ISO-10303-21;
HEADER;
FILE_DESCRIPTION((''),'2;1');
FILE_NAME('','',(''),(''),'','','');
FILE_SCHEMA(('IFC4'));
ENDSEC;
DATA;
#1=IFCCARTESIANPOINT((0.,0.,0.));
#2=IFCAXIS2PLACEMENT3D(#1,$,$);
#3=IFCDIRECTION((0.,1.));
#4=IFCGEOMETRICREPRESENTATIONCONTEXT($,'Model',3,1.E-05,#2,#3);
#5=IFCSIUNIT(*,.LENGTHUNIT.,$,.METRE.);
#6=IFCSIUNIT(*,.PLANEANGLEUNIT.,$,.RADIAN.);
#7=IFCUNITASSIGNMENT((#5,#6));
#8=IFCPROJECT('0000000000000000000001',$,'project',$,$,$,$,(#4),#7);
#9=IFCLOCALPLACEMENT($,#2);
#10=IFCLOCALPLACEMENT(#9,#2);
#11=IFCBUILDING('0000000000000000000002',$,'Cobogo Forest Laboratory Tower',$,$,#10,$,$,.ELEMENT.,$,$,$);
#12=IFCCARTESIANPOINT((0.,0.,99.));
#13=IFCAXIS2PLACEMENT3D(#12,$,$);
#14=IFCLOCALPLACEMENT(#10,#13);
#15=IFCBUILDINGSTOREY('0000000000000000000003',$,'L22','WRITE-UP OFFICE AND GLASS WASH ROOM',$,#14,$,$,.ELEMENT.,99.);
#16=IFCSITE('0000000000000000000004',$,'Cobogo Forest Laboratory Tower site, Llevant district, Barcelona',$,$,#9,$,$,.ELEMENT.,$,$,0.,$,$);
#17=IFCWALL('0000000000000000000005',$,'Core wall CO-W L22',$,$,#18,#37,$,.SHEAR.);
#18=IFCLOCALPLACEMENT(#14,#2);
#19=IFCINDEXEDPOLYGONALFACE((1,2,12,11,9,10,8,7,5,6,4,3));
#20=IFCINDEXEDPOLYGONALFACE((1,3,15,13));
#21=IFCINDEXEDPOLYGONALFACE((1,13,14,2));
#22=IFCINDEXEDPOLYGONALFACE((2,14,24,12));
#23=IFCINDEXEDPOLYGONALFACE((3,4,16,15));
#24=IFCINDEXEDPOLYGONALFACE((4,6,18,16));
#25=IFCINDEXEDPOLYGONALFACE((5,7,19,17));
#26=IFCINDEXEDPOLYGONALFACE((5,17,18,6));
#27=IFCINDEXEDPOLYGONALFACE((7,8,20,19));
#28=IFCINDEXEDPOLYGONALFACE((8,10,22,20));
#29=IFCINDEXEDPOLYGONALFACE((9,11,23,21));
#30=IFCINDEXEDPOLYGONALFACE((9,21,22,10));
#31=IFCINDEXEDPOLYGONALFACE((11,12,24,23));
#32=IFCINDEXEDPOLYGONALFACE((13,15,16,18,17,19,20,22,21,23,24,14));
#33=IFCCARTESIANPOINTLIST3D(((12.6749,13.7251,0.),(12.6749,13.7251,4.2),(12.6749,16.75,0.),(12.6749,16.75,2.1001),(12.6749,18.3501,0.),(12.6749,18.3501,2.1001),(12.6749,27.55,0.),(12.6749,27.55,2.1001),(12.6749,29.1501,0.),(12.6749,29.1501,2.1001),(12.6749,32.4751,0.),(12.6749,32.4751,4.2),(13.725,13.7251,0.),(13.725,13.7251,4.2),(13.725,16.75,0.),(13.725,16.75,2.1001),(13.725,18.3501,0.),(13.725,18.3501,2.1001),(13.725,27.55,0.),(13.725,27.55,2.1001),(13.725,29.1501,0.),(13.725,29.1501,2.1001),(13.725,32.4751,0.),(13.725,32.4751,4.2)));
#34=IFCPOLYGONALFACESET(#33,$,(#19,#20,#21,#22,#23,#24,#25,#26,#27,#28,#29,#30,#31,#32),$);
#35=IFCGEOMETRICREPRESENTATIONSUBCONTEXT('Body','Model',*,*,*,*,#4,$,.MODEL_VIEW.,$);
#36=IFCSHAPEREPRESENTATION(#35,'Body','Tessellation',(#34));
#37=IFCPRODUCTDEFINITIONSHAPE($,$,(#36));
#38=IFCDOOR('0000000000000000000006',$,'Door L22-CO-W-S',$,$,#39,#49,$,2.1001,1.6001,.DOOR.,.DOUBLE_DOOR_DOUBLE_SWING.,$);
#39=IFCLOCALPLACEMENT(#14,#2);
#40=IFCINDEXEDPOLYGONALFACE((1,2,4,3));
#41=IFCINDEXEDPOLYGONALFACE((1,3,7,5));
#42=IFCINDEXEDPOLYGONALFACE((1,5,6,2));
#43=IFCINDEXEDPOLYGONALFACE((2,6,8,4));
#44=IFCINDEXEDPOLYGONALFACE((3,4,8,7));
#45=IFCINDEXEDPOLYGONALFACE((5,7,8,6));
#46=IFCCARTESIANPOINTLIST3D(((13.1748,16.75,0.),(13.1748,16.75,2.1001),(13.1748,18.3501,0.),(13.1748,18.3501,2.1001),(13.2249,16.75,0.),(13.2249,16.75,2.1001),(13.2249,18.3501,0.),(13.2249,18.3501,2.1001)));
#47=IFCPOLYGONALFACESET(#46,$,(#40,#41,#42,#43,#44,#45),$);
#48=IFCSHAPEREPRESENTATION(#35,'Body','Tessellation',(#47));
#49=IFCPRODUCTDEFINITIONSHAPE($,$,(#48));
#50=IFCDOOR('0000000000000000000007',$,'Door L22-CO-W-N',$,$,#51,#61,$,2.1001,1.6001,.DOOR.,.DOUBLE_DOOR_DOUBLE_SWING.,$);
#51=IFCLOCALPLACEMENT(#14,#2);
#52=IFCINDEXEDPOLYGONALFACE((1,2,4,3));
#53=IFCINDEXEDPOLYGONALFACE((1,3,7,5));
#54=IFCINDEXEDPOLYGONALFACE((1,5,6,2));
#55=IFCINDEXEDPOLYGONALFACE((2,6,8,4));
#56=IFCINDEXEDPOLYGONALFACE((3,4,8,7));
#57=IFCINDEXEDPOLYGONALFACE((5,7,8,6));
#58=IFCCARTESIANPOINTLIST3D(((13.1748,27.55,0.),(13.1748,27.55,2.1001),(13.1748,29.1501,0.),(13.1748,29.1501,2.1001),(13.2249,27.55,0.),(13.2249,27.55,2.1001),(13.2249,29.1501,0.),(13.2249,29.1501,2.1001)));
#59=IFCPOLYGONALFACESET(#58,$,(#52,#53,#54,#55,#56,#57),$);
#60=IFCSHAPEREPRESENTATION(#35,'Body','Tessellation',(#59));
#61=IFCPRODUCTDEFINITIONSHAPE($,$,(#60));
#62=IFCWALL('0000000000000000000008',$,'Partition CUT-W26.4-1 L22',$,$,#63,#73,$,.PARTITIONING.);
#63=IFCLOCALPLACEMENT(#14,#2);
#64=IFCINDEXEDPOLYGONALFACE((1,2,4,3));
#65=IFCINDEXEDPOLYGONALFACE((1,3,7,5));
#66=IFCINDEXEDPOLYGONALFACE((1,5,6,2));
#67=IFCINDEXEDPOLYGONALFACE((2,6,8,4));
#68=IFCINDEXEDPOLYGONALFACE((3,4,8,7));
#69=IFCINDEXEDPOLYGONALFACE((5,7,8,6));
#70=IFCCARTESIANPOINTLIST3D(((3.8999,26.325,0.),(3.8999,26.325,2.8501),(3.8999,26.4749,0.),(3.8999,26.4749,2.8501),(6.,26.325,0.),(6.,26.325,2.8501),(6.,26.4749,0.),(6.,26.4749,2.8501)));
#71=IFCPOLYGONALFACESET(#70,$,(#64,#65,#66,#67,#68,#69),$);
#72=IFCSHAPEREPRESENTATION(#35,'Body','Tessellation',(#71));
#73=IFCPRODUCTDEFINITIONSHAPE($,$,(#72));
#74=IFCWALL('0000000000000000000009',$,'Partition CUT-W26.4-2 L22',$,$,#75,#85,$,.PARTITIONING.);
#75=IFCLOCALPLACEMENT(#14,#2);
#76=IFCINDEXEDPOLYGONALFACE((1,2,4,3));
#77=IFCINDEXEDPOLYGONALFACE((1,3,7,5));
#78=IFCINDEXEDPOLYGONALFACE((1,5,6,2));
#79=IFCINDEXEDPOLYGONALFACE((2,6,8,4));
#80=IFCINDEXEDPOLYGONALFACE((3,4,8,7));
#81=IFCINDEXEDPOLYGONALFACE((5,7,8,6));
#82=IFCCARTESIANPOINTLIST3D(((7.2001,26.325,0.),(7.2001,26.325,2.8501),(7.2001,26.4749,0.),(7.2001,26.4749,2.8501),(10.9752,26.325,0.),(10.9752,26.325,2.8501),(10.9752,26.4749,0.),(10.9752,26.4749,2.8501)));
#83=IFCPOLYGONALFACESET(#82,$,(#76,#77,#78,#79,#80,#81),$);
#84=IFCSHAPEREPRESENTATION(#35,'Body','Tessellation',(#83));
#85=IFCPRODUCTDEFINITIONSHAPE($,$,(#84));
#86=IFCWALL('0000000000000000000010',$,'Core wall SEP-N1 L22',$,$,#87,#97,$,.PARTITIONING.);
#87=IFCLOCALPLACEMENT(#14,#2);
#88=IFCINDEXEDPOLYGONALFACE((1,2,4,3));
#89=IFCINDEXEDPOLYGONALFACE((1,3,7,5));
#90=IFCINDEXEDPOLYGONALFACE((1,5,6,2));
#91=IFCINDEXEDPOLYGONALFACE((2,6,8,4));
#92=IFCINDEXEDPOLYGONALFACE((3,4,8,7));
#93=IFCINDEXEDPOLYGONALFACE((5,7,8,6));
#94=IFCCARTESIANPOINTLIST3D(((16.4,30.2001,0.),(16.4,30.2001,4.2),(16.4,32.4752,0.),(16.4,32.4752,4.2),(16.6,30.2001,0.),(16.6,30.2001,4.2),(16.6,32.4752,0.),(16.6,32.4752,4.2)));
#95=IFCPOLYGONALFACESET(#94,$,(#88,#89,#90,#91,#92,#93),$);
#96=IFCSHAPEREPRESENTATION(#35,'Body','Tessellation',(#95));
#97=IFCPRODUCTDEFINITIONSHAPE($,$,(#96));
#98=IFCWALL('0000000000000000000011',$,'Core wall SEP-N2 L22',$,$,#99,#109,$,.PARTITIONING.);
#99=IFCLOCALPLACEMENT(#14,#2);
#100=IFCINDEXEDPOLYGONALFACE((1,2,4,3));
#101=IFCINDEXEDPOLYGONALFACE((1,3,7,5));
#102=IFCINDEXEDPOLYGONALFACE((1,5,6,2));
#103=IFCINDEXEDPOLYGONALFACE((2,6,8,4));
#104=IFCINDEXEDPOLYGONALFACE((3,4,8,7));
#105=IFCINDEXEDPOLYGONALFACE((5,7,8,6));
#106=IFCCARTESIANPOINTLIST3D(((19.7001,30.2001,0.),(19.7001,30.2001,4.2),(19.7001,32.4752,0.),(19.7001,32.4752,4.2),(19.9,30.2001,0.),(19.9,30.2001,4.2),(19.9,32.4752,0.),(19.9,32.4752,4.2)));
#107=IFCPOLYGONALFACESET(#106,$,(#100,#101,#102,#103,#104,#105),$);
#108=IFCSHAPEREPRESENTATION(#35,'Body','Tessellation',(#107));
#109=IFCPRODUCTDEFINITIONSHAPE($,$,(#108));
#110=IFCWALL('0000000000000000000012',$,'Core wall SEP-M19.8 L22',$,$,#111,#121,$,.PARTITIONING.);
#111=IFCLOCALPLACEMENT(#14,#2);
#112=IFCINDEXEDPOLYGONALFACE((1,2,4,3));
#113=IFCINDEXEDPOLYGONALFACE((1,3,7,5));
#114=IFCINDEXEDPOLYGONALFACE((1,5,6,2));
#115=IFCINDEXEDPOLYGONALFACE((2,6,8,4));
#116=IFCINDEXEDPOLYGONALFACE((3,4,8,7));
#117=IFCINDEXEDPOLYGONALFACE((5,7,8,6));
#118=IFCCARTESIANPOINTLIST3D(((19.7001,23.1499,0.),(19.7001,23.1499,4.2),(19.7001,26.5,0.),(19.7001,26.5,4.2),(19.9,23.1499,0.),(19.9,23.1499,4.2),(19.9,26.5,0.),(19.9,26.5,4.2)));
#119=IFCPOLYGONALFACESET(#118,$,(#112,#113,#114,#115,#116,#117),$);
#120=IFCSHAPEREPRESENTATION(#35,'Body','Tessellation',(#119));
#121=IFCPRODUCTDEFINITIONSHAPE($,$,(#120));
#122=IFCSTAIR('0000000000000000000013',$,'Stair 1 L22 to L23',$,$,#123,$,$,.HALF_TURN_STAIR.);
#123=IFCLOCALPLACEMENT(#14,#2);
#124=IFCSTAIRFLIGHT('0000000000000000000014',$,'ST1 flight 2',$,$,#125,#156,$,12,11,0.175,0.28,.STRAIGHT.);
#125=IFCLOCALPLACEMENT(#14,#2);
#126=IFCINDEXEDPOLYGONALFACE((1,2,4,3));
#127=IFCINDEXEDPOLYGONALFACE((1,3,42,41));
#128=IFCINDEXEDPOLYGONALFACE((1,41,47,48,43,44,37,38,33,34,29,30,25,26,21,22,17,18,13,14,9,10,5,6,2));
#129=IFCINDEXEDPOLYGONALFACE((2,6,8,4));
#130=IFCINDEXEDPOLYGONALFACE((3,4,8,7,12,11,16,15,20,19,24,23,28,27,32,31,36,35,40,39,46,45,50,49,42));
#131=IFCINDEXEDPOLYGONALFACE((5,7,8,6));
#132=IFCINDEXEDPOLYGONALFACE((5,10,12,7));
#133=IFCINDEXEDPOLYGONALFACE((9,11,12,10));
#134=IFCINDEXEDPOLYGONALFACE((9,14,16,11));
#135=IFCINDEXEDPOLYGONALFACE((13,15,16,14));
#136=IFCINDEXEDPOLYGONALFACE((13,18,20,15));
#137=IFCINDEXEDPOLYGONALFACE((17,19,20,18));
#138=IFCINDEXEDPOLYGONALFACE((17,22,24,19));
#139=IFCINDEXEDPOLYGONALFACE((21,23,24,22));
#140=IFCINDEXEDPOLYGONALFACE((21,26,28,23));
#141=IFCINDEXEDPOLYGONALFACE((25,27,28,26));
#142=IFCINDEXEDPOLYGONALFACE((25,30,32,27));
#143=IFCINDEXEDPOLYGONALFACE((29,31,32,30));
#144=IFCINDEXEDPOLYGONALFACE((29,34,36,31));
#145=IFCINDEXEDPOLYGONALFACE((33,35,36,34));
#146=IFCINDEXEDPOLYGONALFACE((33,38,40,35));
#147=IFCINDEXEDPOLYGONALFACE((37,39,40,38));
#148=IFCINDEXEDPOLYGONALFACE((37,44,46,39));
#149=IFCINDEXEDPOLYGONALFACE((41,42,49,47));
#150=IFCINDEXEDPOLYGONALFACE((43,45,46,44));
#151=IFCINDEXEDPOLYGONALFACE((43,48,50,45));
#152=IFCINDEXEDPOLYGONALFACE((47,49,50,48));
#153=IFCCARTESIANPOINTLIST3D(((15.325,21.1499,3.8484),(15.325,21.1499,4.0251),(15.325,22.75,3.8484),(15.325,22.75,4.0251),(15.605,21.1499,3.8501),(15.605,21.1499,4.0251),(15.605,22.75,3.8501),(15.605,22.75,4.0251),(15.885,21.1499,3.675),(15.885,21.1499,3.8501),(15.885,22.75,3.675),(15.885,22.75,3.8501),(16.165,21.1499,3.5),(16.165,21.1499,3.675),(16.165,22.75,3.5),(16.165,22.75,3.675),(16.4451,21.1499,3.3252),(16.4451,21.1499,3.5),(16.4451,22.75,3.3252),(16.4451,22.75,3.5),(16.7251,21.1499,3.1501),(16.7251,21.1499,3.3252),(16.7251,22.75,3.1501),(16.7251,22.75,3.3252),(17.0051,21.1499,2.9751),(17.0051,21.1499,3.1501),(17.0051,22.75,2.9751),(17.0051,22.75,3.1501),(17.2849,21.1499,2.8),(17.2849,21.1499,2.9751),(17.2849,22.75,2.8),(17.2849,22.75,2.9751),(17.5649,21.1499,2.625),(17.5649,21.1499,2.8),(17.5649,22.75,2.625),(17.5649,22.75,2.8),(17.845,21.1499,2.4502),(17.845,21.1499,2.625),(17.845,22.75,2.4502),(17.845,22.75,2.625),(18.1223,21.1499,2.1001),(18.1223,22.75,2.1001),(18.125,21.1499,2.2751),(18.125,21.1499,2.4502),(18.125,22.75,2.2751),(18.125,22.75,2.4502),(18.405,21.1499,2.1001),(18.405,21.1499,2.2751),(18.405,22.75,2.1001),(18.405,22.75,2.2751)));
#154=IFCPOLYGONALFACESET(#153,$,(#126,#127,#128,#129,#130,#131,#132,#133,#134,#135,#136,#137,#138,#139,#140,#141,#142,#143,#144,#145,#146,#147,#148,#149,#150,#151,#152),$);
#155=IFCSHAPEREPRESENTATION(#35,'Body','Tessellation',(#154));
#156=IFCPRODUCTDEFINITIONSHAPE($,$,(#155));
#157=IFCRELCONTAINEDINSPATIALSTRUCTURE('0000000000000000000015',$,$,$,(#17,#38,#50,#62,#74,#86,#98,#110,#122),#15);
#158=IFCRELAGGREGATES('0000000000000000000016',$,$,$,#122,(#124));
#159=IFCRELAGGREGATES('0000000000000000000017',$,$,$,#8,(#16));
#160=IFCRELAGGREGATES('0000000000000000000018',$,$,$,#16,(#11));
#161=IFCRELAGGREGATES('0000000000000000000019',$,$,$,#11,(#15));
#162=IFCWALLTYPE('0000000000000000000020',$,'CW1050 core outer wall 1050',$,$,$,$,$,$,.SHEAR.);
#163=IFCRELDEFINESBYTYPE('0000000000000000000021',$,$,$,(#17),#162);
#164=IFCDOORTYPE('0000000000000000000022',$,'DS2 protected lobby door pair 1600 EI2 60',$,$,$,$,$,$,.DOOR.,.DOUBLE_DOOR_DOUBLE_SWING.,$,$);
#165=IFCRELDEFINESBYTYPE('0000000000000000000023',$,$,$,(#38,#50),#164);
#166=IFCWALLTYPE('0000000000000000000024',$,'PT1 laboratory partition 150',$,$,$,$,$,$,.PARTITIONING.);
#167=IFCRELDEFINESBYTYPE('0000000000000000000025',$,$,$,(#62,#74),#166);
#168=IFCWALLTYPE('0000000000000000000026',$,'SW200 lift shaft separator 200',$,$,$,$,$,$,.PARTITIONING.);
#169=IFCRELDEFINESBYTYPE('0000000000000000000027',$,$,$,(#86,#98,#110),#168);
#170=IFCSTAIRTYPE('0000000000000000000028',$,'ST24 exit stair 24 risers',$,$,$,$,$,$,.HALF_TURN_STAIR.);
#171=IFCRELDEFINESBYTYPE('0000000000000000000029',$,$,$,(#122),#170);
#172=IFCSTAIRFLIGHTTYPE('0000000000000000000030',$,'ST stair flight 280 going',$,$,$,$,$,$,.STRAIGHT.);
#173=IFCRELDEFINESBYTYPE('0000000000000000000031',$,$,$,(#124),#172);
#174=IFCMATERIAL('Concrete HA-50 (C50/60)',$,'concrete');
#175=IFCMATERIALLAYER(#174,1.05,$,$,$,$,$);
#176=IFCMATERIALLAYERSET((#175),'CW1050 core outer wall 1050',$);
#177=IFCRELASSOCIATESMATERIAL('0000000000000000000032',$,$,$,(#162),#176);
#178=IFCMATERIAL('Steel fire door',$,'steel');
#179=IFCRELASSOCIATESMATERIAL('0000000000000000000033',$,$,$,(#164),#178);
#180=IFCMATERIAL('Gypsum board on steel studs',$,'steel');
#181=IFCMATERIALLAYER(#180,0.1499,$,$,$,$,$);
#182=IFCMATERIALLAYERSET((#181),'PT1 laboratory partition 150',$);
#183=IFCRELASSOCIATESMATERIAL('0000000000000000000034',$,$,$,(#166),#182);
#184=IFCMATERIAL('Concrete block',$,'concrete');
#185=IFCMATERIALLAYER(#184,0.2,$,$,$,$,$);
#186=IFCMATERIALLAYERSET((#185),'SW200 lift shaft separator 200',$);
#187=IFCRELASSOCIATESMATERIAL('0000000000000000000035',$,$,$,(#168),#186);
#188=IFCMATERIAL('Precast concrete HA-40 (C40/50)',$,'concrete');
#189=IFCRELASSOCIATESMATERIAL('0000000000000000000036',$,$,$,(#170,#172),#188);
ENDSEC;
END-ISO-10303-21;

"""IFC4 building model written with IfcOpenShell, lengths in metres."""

from ifc_helpers import new_model, si_unit, direction, frame, frame_2d, origin, place, context, subcontext, project, spatial, polyline, rectangle, outline, extrude, material, layer, layer_set, type_object, element, fill, aggregate, save


model = new_model("IFC4")

# Units and contexts
model_context = context("Model", 3, precision=1e-05, world=origin(), true_north=direction((0.0, 1.0)))
body_context = subcontext(model_context, "Body", "Model", "MODEL_VIEW")
ifc_project = project(units=[si_unit("LENGTHUNIT", "METRE"), si_unit("PLANEANGLEUNIT", "RADIAN")], contexts=[model_context])

# Site, building, storey
site_placement = place(None, origin())
site = spatial("IfcSite", under=ifc_project, at=site_placement, Name="Cobogo Forest Laboratory Tower site, Llevant district, Barcelona", CompositionType="ELEMENT", RefElevation=0.0)
building_placement = place(site_placement, origin())
building = spatial("IfcBuilding", under=site, at=building_placement, Name="Cobogo Forest Laboratory Tower", CompositionType="ELEMENT")
storey_placement = place(building_placement, frame((0.0, 0.0, 99.0)))
storey = spatial("IfcBuildingStorey", under=building, at=storey_placement, Name="L22", Description="WRITE-UP OFFICE AND GLASS WASH ROOM", CompositionType="ELEMENT", Elevation=99.0)

# Shared definitions
ifc_material_1 = material(Name="Concrete HA-50 (C50/60)", Category="concrete")

# Shared definitions
ifc_material_2 = material(Name="Steel fire door", Category="steel")

# Wall, openings, doors
ifc_layer_1 = layer(ifc_material_1, 1.05)
ifc_layer_set_1 = layer_set([ifc_layer_1], Name="CW1050 core outer wall 1050")
wall_type_1 = type_object("IfcWallType", Name="CW1050 core outer wall 1050", PredefinedType="SHEAR", material=ifc_layer_set_1)
wall_1_placement = place(storey_placement, frame((13.2, 32.4751, 0.0), z_axis=(0.0, 0.0, 1.0), x_axis=(0.0, -1.0, 0.0)))
wall_1 = element("IfcWall", 1, at=wall_1_placement, inside=storey, type_object=wall_type_1, Name="Core wall CO-W L22", PredefinedType="SHEAR", context=body_context, shape_type="SweptSolid", body=[
    extrude(rectangle(XDim=18.75, YDim=1.05, at=frame_2d((9.375, 0.0))), origin(), (0.0, 0.0, 1.0), 4.2),
])
opening_1_placement = place(wall_1_placement, frame((14.125, 0.0, 0.0)))
opening_1 = element("IfcOpeningElement", 2, at=opening_1_placement, cuts=wall_1, PredefinedType="OPENING", context=body_context, shape_type="SweptSolid", body=[
    extrude(rectangle(XDim=1.6001, YDim=2.1001, at=frame_2d((0.8, 1.05))), frame((0.0, 0.5349, 0.0), z_axis=(0.0, -1.0, 0.0), x_axis=(1.0, 0.0, 0.0)), (0.0, 0.0, 1.0), 1.0701),
])
opening_2_placement = place(wall_1_placement, frame((3.325, 0.0, 0.0)))
opening_2 = element("IfcOpeningElement", 3, at=opening_2_placement, cuts=wall_1, PredefinedType="OPENING", context=body_context, shape_type="SweptSolid", body=[
    extrude(rectangle(XDim=1.6001, YDim=2.1001, at=frame_2d((0.8, 1.05))), frame((0.0, 0.5349, 0.0), z_axis=(0.0, -1.0, 0.0), x_axis=(1.0, 0.0, 0.0)), (0.0, 0.0, 1.0), 1.0701),
])
door_type_1 = type_object("IfcDoorType", Name="DS2 protected lobby door pair 1600 EI2 60", OperationType="DOUBLE_DOOR_DOUBLE_SWING", PredefinedType="DOOR", material=ifc_material_2)
door_1_placement = place(opening_1_placement, origin())
door_1 = element("IfcDoor", 4, at=door_1_placement, inside=storey, type_object=door_type_1, Name="Door L22-CO-W-S", OperationType="DOUBLE_DOOR_DOUBLE_SWING", OverallHeight=2.1001, OverallWidth=1.6001, PredefinedType="DOOR", context=body_context, shape_type="SweptSolid", body=[
    extrude(rectangle(XDim=1.6001, YDim=2.1001, at=frame_2d((0.8, 1.05))), frame((0.0, 0.0249, 0.0), z_axis=(0.0, -1.0, 0.0), x_axis=(1.0, 0.0, 0.0)), (0.0, 0.0, 1.0), 0.05),
])
fill(opening_1, door_1)
door_2_placement = place(opening_2_placement, origin())
door_2 = element("IfcDoor", 5, at=door_2_placement, inside=storey, type_object=door_type_1, Name="Door L22-CO-W-N", OperationType="DOUBLE_DOOR_DOUBLE_SWING", OverallHeight=2.1001, OverallWidth=1.6001, PredefinedType="DOOR", context=body_context, shape_type="SweptSolid", body=[
    extrude(rectangle(XDim=1.6001, YDim=2.1001, at=frame_2d((0.8, 1.05))), frame((0.0, 0.0249, 0.0), z_axis=(0.0, -1.0, 0.0), x_axis=(1.0, 0.0, 0.0)), (0.0, 0.0, 1.0), 0.05),
])
fill(opening_2, door_2)

# Walls
ifc_material_3 = material(Name="Gypsum board on steel studs", Category="steel")
ifc_layer_2 = layer(ifc_material_3, 0.1499)
ifc_layer_set_2 = layer_set([ifc_layer_2], Name="PT1 laboratory partition 150")
wall_type_2 = type_object("IfcWallType", Name="PT1 laboratory partition 150", PredefinedType="PARTITIONING", material=ifc_layer_set_2)
wall_2_placement = place(storey_placement, frame((3.8999, 26.3999, 0.0), z_axis=(0.0, 0.0, 1.0), x_axis=(1.0, 0.0, 0.0)))
element("IfcWall", 6, at=wall_2_placement, inside=storey, type_object=wall_type_2, Name="Partition CUT-W26.4-1 L22", PredefinedType="PARTITIONING", context=body_context, shape_type="SweptSolid", body=[
    extrude(rectangle(XDim=2.1001, YDim=0.1499, at=frame_2d((1.05, 0.0))), origin(), (0.0, 0.0, 1.0), 2.8501),
])
wall_3_placement = place(storey_placement, frame((7.2, 26.3999, 0.0), z_axis=(0.0, 0.0, 1.0), x_axis=(1.0, 0.0, 0.0)))
element("IfcWall", 7, at=wall_3_placement, inside=storey, type_object=wall_type_2, Name="Partition CUT-W26.4-2 L22", PredefinedType="PARTITIONING", context=body_context, shape_type="SweptSolid", body=[
    extrude(rectangle(XDim=3.7751, YDim=0.1499, at=frame_2d((1.8877, 0.0))), origin(), (0.0, 0.0, 1.0), 2.8501),
])
ifc_material_4 = material(Name="Concrete block", Category="concrete")
ifc_layer_3 = layer(ifc_material_4, 0.2)
ifc_layer_set_3 = layer_set([ifc_layer_3], Name="SW200 lift shaft separator 200")
wall_type_3 = type_object("IfcWallType", Name="SW200 lift shaft separator 200", PredefinedType="PARTITIONING", material=ifc_layer_set_3)
for number, where, z_axis, x_axis, name in (
    (8, (16.5, 30.2, 0.0), (0.0, 0.0, 1.0), (0.0, 1.0, 0.0), "Core wall SEP-N1 L22"),
    (9, (19.8, 30.2, 0.0), (0.0, 0.0, 1.0), (0.0, 1.0, 0.0), "Core wall SEP-N2 L22"),
):
    element("IfcWall", number, at=place(storey_placement, frame(where, z_axis=z_axis, x_axis=x_axis)), inside=storey, type_object=wall_type_3, Name=name, PredefinedType="PARTITIONING", context=body_context, shape_type="SweptSolid", body=[
        extrude(rectangle(XDim=2.2751, YDim=0.2, at=frame_2d((1.1377, 0.0))), origin(), (0.0, 0.0, 1.0), 4.2),
    ])
wall_4_placement = place(storey_placement, frame((19.8, 23.1499, 0.0), z_axis=(0.0, 0.0, 1.0), x_axis=(0.0, 1.0, 0.0)))
element("IfcWall", 10, at=wall_4_placement, inside=storey, type_object=wall_type_3, Name="Core wall SEP-M19.8 L22", PredefinedType="PARTITIONING", context=body_context, shape_type="SweptSolid", body=[
    extrude(rectangle(XDim=3.3501, YDim=0.2, at=frame_2d((1.675, 0.0))), origin(), (0.0, 0.0, 1.0), 4.2),
])

# Stair, stair flight
ifc_material_5 = material(Name="Precast concrete HA-40 (C40/50)", Category="concrete")
stair_type = type_object("IfcStairType", Name="ST24 exit stair 24 risers", PredefinedType="HALF_TURN_STAIR", material=ifc_material_5)
stair_placement = place(storey_placement, origin())
stair = element("IfcStair", 11, at=stair_placement, inside=storey, type_object=stair_type, Name="Stair 1 L22 to L23", PredefinedType="HALF_TURN_STAIR")
stair_flight_type = type_object("IfcStairFlightType", Name="ST stair flight 280 going", PredefinedType="STRAIGHT", material=ifc_material_5)
stair_flight_placement = place(storey_placement, frame((18.405, 21.95, 2.1001), z_axis=(0.0, 0.0, 1.0), x_axis=(-1.0, 0.0, 0.0)))
stair_flight = element("IfcStairFlight", 12, at=stair_flight_placement, type_object=stair_flight_type, Name="ST1 flight 2", NumberOfRisers=12, NumberOfTreads=11, PredefinedType="STRAIGHT", RiserHeight=0.175, TreadLength=0.28, context=body_context, shape_type="SweptSolid", body=[
    extrude(outline(polyline([(0.0, 0.0), (0.0, 0.175), (0.28, 0.175), (0.28, 0.3501), (0.5601, 0.3501), (0.5601, 0.5249), (0.8401, 0.5249), (0.8401, 0.7), (1.1201, 0.7), (1.1201, 0.875), (1.3999, 0.875), (1.3999, 1.05), (1.6799, 1.05), (1.6799, 1.2251), (1.96, 1.2251), (1.96, 1.3999), (2.24, 1.3999), (2.24, 1.575), (2.52, 1.575), (2.52, 1.75), (2.8, 1.75), (2.8, 1.925), (3.0801, 1.925), (3.0801, 2.1001), (3.0801, 1.7483), (0.2827, 0.0), (0.0, 0.0)])), frame((0.0, 0.8, 0.0), z_axis=(0.0, -1.0, 0.0), x_axis=(1.0, 0.0, 0.0)), (0.0, 0.0, 1.0), 1.6001),
])
aggregate(stair, [stair_flight])

save(model, "model.ifc")
